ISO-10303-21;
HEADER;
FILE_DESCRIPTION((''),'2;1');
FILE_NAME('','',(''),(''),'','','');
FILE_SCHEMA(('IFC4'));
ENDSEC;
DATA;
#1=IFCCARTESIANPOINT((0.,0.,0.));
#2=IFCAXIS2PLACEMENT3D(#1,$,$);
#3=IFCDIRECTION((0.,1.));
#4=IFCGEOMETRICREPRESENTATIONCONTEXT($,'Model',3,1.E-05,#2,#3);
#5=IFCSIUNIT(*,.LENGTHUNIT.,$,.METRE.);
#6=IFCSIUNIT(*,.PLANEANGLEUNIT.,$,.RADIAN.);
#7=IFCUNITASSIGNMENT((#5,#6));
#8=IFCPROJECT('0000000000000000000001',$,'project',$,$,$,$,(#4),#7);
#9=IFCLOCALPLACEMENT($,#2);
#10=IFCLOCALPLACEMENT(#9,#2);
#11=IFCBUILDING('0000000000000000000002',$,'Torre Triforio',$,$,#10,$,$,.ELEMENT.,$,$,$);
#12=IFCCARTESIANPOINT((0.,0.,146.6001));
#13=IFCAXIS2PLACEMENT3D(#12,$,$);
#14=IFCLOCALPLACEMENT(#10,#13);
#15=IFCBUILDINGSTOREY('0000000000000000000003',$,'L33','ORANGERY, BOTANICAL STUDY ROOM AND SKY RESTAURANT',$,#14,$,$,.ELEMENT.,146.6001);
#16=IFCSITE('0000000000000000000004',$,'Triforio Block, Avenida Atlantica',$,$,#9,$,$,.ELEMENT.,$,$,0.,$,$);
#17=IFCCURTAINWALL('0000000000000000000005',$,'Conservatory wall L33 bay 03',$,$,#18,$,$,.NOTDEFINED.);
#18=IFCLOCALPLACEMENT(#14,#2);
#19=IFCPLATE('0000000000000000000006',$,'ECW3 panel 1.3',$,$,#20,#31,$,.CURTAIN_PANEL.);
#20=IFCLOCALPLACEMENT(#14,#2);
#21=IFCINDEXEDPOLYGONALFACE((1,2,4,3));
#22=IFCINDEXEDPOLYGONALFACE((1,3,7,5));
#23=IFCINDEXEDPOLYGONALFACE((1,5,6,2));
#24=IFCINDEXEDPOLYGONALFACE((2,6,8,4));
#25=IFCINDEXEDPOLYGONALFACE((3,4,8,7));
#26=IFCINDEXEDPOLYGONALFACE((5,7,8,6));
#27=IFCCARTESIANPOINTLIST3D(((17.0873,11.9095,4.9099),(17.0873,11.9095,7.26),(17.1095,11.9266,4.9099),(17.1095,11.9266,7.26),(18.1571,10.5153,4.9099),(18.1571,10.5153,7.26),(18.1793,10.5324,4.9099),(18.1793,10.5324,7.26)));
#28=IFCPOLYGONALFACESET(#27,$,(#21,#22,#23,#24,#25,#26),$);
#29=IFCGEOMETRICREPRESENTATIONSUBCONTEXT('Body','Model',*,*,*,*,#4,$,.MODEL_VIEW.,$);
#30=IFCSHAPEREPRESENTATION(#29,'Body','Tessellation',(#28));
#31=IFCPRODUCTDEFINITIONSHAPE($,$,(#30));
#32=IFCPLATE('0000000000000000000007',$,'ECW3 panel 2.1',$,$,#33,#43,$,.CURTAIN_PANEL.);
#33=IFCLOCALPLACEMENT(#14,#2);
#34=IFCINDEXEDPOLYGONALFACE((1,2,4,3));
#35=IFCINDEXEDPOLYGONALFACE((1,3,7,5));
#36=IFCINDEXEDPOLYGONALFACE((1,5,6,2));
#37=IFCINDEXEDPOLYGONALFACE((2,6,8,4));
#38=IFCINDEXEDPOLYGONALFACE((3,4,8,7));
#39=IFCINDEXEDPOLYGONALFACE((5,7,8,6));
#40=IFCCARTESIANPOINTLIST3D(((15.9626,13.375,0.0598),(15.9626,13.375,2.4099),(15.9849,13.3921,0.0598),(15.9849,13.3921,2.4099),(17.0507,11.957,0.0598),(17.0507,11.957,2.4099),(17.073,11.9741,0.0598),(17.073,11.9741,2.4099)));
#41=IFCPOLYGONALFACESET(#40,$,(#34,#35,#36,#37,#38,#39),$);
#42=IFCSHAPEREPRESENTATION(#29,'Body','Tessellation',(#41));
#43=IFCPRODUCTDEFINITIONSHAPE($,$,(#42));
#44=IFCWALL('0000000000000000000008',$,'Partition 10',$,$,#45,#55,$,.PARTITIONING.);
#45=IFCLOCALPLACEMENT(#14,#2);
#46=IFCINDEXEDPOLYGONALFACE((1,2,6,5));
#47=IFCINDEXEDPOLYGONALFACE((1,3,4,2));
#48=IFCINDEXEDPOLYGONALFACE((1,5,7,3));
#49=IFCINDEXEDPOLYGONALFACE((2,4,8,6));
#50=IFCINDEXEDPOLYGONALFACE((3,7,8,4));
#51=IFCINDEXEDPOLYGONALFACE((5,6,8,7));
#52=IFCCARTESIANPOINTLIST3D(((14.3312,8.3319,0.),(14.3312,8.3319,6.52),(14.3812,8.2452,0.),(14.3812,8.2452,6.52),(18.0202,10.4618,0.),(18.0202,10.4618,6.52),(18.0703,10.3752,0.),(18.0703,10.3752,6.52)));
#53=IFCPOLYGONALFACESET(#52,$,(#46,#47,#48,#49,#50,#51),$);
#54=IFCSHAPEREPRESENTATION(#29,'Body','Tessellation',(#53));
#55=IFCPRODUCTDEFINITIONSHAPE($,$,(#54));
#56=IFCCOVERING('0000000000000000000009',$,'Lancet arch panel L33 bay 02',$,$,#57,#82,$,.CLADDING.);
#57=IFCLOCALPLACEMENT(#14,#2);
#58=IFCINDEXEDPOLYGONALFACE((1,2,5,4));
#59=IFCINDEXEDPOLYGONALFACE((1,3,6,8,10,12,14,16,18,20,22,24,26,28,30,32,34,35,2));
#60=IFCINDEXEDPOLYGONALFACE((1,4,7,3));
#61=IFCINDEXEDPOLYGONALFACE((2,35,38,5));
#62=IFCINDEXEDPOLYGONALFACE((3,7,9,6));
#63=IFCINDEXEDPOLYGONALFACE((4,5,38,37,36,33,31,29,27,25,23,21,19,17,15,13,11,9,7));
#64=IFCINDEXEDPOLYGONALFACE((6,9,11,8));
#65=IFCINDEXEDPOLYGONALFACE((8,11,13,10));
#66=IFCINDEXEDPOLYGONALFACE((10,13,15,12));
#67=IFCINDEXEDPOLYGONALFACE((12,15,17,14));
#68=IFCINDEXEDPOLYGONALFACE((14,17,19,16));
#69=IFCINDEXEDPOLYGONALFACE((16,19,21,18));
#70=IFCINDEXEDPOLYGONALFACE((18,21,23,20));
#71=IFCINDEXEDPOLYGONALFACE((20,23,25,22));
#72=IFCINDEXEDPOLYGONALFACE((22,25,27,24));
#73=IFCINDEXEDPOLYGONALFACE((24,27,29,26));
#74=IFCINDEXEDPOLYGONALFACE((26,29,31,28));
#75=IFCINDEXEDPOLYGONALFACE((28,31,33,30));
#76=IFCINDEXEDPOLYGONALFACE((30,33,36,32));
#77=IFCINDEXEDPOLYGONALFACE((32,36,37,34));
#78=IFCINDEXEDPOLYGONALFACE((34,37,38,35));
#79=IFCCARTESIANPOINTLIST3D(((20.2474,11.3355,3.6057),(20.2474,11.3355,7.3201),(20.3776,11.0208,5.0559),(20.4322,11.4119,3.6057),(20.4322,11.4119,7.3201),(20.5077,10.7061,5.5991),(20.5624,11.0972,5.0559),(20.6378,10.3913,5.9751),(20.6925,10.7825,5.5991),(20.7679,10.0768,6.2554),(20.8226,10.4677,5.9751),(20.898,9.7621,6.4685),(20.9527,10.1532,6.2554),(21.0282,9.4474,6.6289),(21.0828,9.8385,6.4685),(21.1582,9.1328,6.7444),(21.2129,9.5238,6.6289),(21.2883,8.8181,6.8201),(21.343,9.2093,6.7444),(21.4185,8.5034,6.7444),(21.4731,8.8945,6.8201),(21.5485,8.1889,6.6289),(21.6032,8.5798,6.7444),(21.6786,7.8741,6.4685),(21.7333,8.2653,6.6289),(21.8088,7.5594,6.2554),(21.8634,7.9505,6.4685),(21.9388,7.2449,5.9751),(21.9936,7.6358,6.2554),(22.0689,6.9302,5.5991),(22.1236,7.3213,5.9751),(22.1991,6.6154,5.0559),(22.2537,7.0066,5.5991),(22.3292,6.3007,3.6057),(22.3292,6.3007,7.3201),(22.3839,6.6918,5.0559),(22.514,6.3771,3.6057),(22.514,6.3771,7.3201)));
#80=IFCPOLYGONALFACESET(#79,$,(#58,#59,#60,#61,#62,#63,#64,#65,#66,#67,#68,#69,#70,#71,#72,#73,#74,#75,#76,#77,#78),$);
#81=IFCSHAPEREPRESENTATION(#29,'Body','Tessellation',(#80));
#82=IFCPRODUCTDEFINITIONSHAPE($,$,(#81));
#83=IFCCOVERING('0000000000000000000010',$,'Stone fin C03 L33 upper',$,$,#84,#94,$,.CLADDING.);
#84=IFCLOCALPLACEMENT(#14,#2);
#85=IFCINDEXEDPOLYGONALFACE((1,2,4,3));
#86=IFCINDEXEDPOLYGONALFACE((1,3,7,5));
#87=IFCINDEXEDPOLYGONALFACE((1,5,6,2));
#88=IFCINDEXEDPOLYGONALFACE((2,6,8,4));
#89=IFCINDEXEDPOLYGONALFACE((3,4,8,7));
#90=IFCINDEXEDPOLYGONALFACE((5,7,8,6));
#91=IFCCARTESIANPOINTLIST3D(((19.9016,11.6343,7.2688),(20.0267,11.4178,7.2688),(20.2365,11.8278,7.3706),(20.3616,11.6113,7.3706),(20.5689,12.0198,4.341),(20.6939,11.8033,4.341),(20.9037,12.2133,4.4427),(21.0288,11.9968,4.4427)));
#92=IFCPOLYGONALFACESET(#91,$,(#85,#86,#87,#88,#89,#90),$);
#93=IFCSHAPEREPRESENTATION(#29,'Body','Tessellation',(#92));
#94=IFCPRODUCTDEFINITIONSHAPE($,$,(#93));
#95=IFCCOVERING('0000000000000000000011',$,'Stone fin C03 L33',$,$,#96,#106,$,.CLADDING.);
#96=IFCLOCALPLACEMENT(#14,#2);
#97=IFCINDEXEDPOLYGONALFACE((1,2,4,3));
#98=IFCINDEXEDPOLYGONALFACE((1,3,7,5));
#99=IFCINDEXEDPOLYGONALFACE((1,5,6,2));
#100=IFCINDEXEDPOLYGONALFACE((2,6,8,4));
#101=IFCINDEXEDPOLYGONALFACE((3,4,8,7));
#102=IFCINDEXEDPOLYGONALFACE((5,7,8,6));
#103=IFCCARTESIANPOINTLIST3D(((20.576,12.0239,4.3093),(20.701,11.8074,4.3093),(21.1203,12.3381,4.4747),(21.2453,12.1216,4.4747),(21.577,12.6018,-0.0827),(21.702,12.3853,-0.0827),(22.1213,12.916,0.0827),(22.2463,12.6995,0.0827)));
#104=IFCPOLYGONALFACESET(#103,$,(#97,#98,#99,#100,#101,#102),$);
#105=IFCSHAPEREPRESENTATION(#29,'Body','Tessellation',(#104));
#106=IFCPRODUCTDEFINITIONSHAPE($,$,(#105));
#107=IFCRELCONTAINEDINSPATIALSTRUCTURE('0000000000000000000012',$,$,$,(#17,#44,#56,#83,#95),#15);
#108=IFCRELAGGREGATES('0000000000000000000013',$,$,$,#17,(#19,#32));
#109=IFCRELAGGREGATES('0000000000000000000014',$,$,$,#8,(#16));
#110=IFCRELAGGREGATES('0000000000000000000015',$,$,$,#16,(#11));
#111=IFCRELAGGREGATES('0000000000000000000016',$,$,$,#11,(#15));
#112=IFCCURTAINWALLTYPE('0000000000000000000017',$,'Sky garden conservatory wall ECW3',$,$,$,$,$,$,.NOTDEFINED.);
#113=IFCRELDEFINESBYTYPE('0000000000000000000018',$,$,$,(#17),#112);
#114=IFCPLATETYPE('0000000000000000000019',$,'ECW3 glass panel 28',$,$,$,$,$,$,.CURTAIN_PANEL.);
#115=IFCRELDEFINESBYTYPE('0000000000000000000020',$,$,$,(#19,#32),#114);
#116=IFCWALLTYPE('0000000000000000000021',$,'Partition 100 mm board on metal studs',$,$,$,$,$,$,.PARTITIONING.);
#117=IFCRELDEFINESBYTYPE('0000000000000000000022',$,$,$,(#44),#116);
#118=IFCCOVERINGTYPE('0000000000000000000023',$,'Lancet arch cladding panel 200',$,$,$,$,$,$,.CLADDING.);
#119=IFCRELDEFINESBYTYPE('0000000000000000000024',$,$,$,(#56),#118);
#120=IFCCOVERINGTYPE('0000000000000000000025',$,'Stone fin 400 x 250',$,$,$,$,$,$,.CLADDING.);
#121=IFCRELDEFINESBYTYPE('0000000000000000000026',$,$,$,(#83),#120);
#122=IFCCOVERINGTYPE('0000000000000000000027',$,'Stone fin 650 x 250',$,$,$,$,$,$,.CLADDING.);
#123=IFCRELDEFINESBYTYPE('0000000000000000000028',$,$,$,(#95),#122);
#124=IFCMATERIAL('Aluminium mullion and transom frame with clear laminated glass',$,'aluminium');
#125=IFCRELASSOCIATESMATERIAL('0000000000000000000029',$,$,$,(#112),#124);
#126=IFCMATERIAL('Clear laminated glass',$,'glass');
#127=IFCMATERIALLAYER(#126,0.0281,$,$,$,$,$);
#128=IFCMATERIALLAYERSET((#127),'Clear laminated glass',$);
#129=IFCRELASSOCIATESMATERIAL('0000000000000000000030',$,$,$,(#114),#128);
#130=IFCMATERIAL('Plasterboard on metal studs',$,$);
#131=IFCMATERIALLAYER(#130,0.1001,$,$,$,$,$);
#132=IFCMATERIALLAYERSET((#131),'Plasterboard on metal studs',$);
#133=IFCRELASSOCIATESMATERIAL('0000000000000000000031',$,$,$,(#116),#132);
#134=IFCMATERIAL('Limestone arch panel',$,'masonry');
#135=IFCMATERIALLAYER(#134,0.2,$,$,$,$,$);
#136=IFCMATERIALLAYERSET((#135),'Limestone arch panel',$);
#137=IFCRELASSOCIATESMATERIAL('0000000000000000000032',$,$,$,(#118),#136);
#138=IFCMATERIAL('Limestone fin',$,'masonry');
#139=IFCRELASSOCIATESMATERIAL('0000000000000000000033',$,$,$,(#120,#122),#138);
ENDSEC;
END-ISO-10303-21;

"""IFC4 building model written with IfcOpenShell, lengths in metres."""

from ifc_helpers import new_model, si_unit, direction, frame, frame_2d, origin, origin_2d, place, context, subcontext, project, spatial, polyline, rectangle, outline, extrude, material, layer, layer_set, material_profile, profile_set, type_object, element, aggregate, save


model = new_model("IFC4")

# Units and contexts
model_context = context("Model", 3, precision=1e-05, world=origin(), true_north=direction((0.0, 1.0)))
body_context = subcontext(model_context, "Body", "Model", "MODEL_VIEW")
ifc_project = project(units=[si_unit("LENGTHUNIT", "METRE"), si_unit("PLANEANGLEUNIT", "RADIAN")], contexts=[model_context])

# Site, building, storey
site_placement = place(None, origin())
site = spatial("IfcSite", under=ifc_project, at=site_placement, Name="Triforio Block, Avenida Atlantica", CompositionType="ELEMENT", RefElevation=0.0)
building_placement = place(site_placement, origin())
building = spatial("IfcBuilding", under=site, at=building_placement, Name="Torre Triforio", CompositionType="ELEMENT")
storey_placement = place(building_placement, frame((0.0, 0.0, 146.6001)))
storey = spatial("IfcBuildingStorey", under=building, at=storey_placement, Name="L33", Description="ORANGERY, BOTANICAL STUDY ROOM AND SKY RESTAURANT", CompositionType="ELEMENT", Elevation=146.6001)

# Curtain wall
ifc_material_1 = material(Name="Aluminium mullion and transom frame with clear laminated glass", Category="aluminium")
curtain_wall_type = type_object("IfcCurtainWallType", Name="Sky garden conservatory wall ECW3", PredefinedType="NOTDEFINED", material=ifc_material_1)
curtain_wall_placement = place(storey_placement, origin())
curtain_wall = element("IfcCurtainWall", 1, at=curtain_wall_placement, inside=storey, type_object=curtain_wall_type, Name="Conservatory wall L33 bay 03", PredefinedType="NOTDEFINED")

# Plates
ifc_material_2 = material(Name="Clear laminated glass", Category="glass")
ifc_layer_1 = layer(ifc_material_2, 0.0281)
ifc_layer_set_1 = layer_set([ifc_layer_1], Name="Clear laminated glass")
plate_type = type_object("IfcPlateType", Name="ECW3 glass panel 28", PredefinedType="CURTAIN_PANEL", material=ifc_layer_set_1)
plate_1_placement = place(storey_placement, frame((17.6333, 11.2209, 4.9099), z_axis=(0.0, 0.0, 1.0), x_axis=(-0.608763, 0.793352, 0.0)))
plate_1 = element("IfcPlate", 2, at=plate_1_placement, type_object=plate_type, Name="ECW3 panel 1.3", PredefinedType="CURTAIN_PANEL", context=body_context, shape_type="SweptSolid", body=[
    extrude(rectangle(XDim=1.7573, YDim=0.0281, at=origin_2d()), origin(), (0.0, 0.0, 1.0), 2.3501),
])
plate_2_placement = place(storey_placement, frame((16.5178, 12.6746, 0.0598), z_axis=(0.0, 0.0, 1.0), x_axis=(-0.608763, 0.793352, 0.0)))
plate_2 = element("IfcPlate", 3, at=plate_2_placement, type_object=plate_type, Name="ECW3 panel 2.1", PredefinedType="CURTAIN_PANEL", context=body_context, shape_type="SweptSolid", body=[
    extrude(rectangle(XDim=1.7874, YDim=0.0281, at=origin_2d()), origin(), (0.0, 0.0, 1.0), 2.3501),
])
aggregate(curtain_wall, [plate_1, plate_2])

# Wall
ifc_material_3 = material(Name="Plasterboard on metal studs")
ifc_layer_2 = layer(ifc_material_3, 0.1001)
ifc_layer_set_2 = layer_set([ifc_layer_2], Name="Plasterboard on metal studs")
wall_type = type_object("IfcWallType", Name="Partition 100 mm board on metal studs", PredefinedType="PARTITIONING", material=ifc_layer_set_2)
wall_placement = place(storey_placement, frame((14.3562, 8.2886, 0.0), z_axis=(0.0, 0.0, 1.0), x_axis=(0.86602, 0.50001, 0.0)))
element("IfcWall", 4, at=wall_placement, inside=storey, type_object=wall_type, Name="Partition 10", PredefinedType="PARTITIONING", context=body_context, shape_type="SweptSolid", body=[
    extrude(rectangle(XDim=4.2598, YDim=0.1001, at=frame_2d((2.1299, 0.0))), origin(), (0.0, 0.0, 1.0), 6.52),
])

# Coverings
ifc_material_4 = material(Name="Limestone arch panel", Category="masonry")
ifc_layer_3 = layer(ifc_material_4, 0.2)
ifc_layer_set_3 = layer_set([ifc_layer_3], Name="Limestone arch panel")
covering_type_1 = type_object("IfcCoveringType", Name="Lancet arch cladding panel 200", PredefinedType="CLADDING", material=ifc_layer_set_3)
covering_1_placement = place(storey_placement, frame((21.2883, 8.8181, 0.0), z_axis=(0.924121, 0.3821, 0.0), x_axis=(-0.3821, 0.924121, 0.0)))
element("IfcCovering", 5, at=covering_1_placement, inside=storey, type_object=covering_type_1, Name="Lancet arch panel L33 bay 02", PredefinedType="CLADDING", context=body_context, shape_type="SweptSolid", body=[
    extrude(outline(polyline([(-2.7241, 7.3201), (-2.7241, 3.6057), (-2.3835, 5.0559), (-2.043, 5.5991), (-1.7024, 5.9751), (-1.3621, 6.2554), (-1.0215, 6.4685), (-0.6809, 6.6289), (-0.3406, 6.7444), (0.0, 6.8201), (0.3406, 6.7444), (0.6809, 6.6289), (1.0215, 6.4685), (1.3621, 6.2554), (1.7024, 5.9751), (2.043, 5.5991), (2.3835, 5.0559), (2.7241, 3.6057), (2.7241, 7.3201), (-2.7241, 7.3201)])), origin(), (0.0, 0.0, 1.0), 0.2),
])
ifc_material_5 = material(Name="Limestone fin", Category="masonry")
ifc_material_profile_1 = material_profile(ifc_material_5, rectangle(XDim=0.3999, YDim=0.25, at=origin_2d()), Name="FIN 400x250")
ifc_profile_set_1 = profile_set([ifc_material_profile_1], Name="Limestone fin")
covering_type_2 = type_object("IfcCoveringType", Name="Stone fin 400 x 250", PredefinedType="CLADDING", material=ifc_profile_set_1)
covering_2_placement = place(storey_placement, frame((20.7988, 12.0083, 4.3918), z_axis=(-0.220378, -0.127324, 0.967069), x_axis=(0.83736, 0.483787, 0.254516)))
element("IfcCovering", 6, at=covering_2_placement, inside=storey, type_object=covering_type_2, Name="Stone fin C03 L33 upper", PredefinedType="CLADDING", context=body_context, shape_type="SweptSolid", body=[
    extrude(rectangle(XDim=0.3999, YDim=0.25, at=origin_2d()), origin(), (0.0, 0.0, 1.0), 3.0276),
])
ifc_material_profile_2 = material_profile(ifc_material_5, rectangle(XDim=0.6499, YDim=0.25, at=origin_2d()), Name="FIN 650x250")
ifc_profile_set_2 = profile_set([ifc_material_profile_2], Name="Limestone fin")
covering_type_3 = type_object("IfcCoveringType", Name="Stone fin 650 x 250", PredefinedType="CLADDING", material=ifc_profile_set_2)
covering_3_placement = place(storey_placement, frame((21.9116, 12.6506, 0.0), z_axis=(-0.220412, -0.127248, 0.967071), x_axis=(0.83752, 0.483515, 0.254506)))
element("IfcCovering", 7, at=covering_3_placement, inside=storey, type_object=covering_type_3, Name="Stone fin C03 L33", PredefinedType="CLADDING", context=body_context, shape_type="SweptSolid", body=[
    extrude(rectangle(XDim=0.6499, YDim=0.25, at=origin_2d()), origin(), (0.0, 0.0, 1.0), 4.5415),
])

save(model, "model.ifc")
